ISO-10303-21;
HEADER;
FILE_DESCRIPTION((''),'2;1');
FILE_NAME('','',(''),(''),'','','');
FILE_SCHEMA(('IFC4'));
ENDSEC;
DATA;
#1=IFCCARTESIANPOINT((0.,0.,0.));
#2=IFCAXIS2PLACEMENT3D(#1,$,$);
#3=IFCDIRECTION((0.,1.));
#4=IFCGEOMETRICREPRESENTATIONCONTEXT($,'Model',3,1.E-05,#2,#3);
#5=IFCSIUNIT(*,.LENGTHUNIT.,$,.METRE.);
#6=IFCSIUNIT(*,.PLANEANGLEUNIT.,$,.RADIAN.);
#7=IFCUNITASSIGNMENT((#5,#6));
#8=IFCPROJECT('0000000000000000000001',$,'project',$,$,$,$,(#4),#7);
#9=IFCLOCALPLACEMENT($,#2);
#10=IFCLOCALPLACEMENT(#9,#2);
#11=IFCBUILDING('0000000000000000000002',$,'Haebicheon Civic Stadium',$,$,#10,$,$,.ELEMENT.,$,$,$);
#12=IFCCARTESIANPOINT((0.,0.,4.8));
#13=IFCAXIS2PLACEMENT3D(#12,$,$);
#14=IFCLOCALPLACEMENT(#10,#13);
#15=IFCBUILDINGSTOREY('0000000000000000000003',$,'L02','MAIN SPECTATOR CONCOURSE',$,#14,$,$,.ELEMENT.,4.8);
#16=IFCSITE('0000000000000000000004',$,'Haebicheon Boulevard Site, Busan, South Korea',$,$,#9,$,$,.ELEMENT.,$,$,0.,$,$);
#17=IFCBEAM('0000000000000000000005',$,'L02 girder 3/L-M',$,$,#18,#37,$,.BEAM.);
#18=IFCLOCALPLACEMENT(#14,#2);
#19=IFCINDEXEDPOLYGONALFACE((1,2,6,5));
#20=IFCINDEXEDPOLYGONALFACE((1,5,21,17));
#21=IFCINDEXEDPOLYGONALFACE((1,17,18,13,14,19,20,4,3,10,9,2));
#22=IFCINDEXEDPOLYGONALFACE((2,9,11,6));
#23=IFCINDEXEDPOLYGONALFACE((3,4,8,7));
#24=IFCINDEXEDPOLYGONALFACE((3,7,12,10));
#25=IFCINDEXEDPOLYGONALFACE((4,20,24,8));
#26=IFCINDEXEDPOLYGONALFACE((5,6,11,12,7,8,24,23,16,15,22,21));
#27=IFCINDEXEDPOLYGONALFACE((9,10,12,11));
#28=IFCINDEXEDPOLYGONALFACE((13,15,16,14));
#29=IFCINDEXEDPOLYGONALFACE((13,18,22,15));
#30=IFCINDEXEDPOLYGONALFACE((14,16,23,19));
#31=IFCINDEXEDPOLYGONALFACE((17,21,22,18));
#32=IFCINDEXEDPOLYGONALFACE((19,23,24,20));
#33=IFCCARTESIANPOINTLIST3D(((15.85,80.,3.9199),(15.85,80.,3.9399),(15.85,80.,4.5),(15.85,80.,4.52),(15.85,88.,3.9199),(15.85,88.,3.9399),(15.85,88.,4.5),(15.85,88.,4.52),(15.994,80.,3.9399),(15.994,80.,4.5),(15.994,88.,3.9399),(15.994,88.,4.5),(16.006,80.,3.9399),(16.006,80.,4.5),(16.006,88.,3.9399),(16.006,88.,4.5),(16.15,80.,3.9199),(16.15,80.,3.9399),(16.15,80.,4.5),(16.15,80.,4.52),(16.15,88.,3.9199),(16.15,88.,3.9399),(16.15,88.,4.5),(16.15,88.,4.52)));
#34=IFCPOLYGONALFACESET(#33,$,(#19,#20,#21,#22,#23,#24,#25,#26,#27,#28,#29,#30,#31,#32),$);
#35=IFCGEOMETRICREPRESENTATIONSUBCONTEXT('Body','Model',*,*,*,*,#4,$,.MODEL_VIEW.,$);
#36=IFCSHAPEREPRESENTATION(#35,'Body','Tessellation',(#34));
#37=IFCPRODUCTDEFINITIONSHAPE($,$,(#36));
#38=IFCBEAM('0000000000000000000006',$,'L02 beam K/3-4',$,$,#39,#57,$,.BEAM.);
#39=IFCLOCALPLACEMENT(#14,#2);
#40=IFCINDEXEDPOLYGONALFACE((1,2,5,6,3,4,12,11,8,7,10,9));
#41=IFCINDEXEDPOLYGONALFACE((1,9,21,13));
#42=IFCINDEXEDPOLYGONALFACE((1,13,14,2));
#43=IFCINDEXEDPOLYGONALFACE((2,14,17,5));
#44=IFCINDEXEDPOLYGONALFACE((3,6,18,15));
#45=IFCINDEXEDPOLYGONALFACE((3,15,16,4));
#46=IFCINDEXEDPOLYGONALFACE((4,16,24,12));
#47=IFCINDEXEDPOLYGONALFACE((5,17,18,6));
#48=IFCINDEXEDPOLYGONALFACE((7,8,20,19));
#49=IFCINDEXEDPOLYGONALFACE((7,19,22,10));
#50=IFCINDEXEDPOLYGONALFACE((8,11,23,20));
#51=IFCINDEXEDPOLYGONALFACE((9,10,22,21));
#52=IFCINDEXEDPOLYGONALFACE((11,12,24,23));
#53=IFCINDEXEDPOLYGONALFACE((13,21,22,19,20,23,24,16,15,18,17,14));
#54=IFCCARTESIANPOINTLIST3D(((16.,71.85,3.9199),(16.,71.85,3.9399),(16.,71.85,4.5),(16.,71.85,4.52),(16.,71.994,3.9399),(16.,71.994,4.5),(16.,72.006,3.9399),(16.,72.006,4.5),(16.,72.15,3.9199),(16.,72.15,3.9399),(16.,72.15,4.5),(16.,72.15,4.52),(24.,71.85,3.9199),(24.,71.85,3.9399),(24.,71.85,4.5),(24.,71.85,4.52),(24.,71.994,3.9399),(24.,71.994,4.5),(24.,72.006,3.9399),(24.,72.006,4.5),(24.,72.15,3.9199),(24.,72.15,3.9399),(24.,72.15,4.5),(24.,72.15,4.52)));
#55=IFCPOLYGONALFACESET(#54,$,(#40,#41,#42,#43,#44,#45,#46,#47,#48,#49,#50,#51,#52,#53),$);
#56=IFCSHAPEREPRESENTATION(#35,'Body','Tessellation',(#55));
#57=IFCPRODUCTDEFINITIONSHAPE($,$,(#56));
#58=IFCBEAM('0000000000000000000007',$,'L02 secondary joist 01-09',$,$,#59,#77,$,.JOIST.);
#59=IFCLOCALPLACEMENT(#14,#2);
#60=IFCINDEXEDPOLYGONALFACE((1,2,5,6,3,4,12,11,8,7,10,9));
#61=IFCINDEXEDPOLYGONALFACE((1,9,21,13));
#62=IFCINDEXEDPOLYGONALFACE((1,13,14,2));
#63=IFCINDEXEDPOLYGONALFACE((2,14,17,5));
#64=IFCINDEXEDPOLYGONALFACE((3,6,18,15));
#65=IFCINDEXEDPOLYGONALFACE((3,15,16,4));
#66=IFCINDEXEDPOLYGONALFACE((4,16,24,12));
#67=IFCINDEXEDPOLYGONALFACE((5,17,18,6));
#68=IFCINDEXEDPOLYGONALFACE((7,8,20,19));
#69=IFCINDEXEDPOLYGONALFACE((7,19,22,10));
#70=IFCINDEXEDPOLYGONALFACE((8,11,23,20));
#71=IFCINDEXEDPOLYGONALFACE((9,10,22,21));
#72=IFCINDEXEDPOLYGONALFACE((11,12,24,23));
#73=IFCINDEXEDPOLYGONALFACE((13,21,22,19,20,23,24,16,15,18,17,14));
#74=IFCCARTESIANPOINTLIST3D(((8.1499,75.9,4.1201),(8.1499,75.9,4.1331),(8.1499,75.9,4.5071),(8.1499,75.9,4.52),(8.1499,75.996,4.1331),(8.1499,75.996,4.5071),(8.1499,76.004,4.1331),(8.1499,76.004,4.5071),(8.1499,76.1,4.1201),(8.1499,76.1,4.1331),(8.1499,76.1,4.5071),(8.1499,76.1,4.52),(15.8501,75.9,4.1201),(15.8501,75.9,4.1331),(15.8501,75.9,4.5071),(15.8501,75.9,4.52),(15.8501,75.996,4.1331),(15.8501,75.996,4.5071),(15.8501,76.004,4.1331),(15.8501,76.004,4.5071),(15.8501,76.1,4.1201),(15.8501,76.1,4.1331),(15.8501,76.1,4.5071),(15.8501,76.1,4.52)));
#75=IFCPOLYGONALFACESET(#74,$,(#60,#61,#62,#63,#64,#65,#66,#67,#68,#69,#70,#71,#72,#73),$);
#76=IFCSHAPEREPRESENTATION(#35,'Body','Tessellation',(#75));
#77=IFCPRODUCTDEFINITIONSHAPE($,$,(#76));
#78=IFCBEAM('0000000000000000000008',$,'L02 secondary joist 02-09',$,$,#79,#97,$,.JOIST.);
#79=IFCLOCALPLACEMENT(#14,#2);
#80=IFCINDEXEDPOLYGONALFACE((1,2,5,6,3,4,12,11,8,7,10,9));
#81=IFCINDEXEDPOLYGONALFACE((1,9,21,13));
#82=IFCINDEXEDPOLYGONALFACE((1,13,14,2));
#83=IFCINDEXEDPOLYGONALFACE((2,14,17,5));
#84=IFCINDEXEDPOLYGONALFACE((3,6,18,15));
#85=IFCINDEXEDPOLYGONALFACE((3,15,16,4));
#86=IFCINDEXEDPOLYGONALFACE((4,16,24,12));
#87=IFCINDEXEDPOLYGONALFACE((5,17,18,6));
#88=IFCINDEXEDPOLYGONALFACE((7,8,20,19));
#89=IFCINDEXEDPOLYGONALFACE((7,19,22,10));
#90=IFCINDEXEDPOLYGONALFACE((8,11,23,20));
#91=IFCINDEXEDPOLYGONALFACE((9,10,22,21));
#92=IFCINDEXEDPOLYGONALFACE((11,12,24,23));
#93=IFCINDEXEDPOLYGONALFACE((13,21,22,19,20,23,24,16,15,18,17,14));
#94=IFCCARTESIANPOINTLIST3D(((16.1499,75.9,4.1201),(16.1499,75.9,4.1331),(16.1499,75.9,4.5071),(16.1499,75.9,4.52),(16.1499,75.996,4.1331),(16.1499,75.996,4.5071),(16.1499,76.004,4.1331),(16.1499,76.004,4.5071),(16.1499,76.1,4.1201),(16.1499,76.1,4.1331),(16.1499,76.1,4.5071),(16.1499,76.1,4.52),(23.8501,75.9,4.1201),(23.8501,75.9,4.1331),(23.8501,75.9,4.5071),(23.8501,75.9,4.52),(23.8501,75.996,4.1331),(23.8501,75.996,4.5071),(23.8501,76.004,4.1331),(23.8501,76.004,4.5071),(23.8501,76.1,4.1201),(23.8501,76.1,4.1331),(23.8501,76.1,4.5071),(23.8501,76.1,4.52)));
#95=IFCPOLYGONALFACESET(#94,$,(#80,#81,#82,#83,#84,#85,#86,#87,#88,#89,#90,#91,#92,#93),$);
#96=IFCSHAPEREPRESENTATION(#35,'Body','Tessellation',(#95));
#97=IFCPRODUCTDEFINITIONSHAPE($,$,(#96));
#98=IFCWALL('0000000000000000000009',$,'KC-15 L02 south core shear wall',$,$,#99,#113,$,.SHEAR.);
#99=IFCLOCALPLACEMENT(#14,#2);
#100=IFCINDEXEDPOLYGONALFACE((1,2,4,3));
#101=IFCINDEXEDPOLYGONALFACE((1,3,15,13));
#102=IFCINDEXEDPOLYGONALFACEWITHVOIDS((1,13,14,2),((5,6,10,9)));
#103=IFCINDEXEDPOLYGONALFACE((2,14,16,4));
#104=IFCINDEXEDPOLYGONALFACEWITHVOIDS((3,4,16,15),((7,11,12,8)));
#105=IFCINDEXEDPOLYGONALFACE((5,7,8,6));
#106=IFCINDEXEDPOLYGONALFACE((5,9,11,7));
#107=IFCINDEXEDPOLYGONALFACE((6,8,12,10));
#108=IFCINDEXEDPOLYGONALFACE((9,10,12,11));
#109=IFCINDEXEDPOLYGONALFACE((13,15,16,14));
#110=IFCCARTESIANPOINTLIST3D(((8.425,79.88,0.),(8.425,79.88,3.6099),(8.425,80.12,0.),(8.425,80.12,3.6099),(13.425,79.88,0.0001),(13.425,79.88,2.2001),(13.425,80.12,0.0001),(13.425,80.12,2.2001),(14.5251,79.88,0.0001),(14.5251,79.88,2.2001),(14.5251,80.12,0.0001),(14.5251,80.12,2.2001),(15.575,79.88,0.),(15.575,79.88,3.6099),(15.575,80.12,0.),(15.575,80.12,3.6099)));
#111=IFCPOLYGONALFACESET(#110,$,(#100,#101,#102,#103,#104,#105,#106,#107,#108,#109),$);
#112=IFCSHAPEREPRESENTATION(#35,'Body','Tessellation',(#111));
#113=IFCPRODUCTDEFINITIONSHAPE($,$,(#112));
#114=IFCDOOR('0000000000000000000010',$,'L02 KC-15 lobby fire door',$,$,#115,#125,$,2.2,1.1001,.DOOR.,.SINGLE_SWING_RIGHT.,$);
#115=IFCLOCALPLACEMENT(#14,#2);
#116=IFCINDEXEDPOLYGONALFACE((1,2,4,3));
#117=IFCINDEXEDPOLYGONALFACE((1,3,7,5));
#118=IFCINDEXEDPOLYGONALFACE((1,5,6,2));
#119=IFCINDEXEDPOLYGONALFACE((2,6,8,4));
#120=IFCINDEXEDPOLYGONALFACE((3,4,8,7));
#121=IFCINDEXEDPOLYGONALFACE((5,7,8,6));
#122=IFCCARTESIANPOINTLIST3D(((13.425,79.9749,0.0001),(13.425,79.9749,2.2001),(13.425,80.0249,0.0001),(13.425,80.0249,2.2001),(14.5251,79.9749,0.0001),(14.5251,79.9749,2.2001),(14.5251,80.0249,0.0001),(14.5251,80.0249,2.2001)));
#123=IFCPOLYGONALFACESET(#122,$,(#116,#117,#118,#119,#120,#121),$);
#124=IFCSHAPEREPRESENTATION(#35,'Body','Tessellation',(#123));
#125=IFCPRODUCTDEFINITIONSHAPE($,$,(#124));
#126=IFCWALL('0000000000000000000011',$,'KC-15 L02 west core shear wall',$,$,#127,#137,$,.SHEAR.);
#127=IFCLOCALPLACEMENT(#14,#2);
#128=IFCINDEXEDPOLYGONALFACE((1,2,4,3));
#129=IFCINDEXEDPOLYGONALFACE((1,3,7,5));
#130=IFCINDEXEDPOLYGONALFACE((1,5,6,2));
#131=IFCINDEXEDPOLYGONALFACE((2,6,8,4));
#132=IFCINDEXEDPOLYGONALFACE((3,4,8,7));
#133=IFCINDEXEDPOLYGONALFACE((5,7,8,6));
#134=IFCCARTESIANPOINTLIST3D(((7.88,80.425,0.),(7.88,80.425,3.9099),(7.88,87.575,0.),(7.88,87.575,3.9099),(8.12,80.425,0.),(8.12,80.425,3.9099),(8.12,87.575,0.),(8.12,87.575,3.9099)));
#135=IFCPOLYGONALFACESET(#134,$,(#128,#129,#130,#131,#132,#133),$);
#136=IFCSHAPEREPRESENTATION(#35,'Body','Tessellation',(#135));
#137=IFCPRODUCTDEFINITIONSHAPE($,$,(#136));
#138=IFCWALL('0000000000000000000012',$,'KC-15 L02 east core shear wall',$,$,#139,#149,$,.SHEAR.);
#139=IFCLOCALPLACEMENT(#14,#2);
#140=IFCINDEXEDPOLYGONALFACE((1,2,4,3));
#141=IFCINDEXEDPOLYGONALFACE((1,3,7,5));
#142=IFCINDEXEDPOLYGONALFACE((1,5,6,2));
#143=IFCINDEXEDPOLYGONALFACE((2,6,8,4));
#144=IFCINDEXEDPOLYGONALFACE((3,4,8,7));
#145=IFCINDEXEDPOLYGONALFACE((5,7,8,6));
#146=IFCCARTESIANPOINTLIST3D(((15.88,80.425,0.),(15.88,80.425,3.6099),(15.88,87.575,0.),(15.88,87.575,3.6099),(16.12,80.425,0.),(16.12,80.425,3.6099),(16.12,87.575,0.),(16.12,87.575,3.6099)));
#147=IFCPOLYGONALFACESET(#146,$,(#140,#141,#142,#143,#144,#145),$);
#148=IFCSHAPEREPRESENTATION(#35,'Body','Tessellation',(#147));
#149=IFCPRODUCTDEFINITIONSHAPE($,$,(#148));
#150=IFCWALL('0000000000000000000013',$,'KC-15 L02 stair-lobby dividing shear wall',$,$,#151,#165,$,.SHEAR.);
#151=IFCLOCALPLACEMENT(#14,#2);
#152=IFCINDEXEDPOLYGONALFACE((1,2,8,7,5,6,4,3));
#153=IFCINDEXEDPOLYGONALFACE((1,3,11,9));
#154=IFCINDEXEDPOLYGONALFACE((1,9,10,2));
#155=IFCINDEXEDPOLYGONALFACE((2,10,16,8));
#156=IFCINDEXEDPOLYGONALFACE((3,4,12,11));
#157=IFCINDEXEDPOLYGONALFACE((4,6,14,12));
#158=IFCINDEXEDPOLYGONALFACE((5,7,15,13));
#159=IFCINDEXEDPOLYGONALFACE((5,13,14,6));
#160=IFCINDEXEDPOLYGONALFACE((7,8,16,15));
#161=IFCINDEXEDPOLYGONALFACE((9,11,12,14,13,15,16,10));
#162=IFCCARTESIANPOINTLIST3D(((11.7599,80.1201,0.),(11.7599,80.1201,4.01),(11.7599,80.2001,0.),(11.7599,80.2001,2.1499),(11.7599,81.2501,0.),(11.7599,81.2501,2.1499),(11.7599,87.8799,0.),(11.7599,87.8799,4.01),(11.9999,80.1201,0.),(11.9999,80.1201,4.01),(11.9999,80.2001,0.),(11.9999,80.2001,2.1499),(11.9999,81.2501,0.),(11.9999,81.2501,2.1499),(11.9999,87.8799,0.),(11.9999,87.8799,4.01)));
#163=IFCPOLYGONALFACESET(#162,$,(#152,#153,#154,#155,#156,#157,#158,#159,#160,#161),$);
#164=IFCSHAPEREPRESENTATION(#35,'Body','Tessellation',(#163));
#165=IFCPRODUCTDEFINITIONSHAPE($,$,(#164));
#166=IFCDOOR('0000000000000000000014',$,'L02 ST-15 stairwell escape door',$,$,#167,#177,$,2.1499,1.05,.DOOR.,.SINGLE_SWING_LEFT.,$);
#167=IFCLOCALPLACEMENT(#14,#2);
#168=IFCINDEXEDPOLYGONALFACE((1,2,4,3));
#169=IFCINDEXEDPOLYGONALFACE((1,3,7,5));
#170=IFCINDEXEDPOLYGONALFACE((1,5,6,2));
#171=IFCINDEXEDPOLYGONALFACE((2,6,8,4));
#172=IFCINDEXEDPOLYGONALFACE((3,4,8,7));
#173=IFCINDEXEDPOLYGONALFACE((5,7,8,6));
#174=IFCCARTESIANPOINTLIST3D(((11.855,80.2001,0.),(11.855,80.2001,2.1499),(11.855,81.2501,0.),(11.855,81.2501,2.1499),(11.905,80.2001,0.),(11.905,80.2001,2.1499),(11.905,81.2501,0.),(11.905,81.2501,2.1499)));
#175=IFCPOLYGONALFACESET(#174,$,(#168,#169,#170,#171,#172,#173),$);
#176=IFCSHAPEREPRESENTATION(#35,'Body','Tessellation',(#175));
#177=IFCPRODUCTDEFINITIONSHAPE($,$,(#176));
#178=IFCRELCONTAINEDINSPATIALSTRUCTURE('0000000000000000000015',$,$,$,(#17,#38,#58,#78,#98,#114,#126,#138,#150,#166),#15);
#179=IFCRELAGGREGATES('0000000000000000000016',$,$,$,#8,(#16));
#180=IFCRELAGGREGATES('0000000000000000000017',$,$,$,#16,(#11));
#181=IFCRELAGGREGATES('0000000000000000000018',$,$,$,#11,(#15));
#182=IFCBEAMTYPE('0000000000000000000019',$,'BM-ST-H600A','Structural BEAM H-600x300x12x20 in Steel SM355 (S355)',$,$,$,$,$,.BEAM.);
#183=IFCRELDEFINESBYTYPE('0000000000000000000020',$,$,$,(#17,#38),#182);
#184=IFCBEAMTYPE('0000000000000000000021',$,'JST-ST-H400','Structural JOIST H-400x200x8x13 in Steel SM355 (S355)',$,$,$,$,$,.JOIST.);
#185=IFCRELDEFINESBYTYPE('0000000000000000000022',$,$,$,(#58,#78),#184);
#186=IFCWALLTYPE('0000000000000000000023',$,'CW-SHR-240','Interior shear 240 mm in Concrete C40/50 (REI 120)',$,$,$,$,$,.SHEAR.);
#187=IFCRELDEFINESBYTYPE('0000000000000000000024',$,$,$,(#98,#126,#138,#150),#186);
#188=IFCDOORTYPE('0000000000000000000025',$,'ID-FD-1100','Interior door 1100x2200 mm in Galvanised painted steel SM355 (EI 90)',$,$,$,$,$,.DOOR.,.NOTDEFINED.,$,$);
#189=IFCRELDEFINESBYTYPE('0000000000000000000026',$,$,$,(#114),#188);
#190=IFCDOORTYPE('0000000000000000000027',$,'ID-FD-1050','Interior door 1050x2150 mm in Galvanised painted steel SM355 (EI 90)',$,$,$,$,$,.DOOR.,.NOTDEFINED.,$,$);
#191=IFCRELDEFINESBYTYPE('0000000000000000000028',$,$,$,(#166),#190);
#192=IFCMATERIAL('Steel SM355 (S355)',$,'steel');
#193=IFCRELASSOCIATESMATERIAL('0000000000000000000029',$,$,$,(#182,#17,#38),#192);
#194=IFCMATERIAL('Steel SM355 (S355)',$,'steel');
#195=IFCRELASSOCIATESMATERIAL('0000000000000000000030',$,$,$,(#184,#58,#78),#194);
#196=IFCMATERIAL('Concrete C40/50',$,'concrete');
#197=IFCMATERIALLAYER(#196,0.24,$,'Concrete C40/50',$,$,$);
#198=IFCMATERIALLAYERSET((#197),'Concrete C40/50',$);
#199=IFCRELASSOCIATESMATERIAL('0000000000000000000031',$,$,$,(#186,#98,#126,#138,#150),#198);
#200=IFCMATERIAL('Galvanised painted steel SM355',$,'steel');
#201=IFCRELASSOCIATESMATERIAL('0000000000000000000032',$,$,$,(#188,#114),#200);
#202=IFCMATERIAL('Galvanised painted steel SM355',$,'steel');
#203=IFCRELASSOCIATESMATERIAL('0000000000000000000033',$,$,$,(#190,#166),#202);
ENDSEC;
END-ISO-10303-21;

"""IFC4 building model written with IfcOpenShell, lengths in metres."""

from ifc_helpers import new_model, si_unit, direction, frame, frame_2d, origin, origin_2d, place, context, subcontext, project, spatial, rectangle, i_section, extrude, material, layer, layer_set, material_profile, profile_set, type_object, element, fill, save


model = new_model("IFC4")

# Units and contexts
model_context = context("Model", 3, precision=1e-05, world=origin(), true_north=direction((0.0, 1.0)))
body_context = subcontext(model_context, "Body", "Model", "MODEL_VIEW")
ifc_project = project(units=[si_unit("LENGTHUNIT", "METRE"), si_unit("PLANEANGLEUNIT", "RADIAN")], contexts=[model_context])

# Site, building, storey
site_placement = place(None, origin())
site = spatial("IfcSite", under=ifc_project, at=site_placement, Name="Haebicheon Boulevard Site, Busan, South Korea", CompositionType="ELEMENT", RefElevation=0.0)
building_placement = place(site_placement, origin())
building = spatial("IfcBuilding", under=site, at=building_placement, Name="Haebicheon Civic Stadium", CompositionType="ELEMENT")
storey_placement = place(building_placement, frame((0.0, 0.0, 4.8)))
storey = spatial("IfcBuildingStorey", under=building, at=storey_placement, Name="L02", Description="MAIN SPECTATOR CONCOURSE", CompositionType="ELEMENT", Elevation=4.8)

# Beams
ifc_material_1 = material(Name="Steel SM355 (S355)", Category="steel")
ifc_material_profile_1 = material_profile(ifc_material_1, i_section(OverallWidth=0.3, OverallDepth=0.6001, WebThickness=0.012, FlangeThickness=0.02, at=origin_2d()), Name="H-600x300x12x20")
ifc_profile_set_1 = profile_set([ifc_material_profile_1], Name="Steel SM355 (S355)")
beam_type_1 = type_object("IfcBeamType", Name="BM-ST-H600A", Description="Structural BEAM H-600x300x12x20 in Steel SM355 (S355)", PredefinedType="BEAM", material=ifc_profile_set_1)
for number, where, z_axis, x_axis, name in (
    (1, (16.0, 80.0, 4.22), (0.0, 1.0, 0.0), (-1.0, 0.0, 0.0), "L02 girder 3/L-M"),
    (2, (16.0, 72.0, 4.22), (1.0, 0.0, 0.0), (0.0, 1.0, 0.0), "L02 beam K/3-4"),
):
    element("IfcBeam", number, at=place(storey_placement, frame(where, z_axis=z_axis, x_axis=x_axis)), inside=storey, type_object=beam_type_1, material=ifc_profile_set_1, Name=name, PredefinedType="BEAM", context=body_context, shape_type="SweptSolid", body=[
        extrude(i_section(OverallWidth=0.3, OverallDepth=0.6001, WebThickness=0.012, FlangeThickness=0.02, at=origin_2d()), origin(), (0.0, 0.0, 1.0), 8.0),
    ])
ifc_material_2 = material(Name="Steel SM355 (S355)", Category="steel")
ifc_material_profile_2 = material_profile(ifc_material_2, i_section(OverallWidth=0.2, OverallDepth=0.3999, WebThickness=0.0081, FlangeThickness=0.0129, at=origin_2d()), Name="H-400x200x8x13")
ifc_profile_set_2 = profile_set([ifc_material_profile_2], Name="Steel SM355 (S355)")
beam_type_2 = type_object("IfcBeamType", Name="JST-ST-H400", Description="Structural JOIST H-400x200x8x13 in Steel SM355 (S355)", PredefinedType="JOIST", material=ifc_profile_set_2)
for number, where, z_axis, x_axis, name in (
    (3, (8.1499, 76.0, 4.3201), (1.0, 0.0, 0.0), (0.0, 1.0, 0.0), "L02 secondary joist 01-09"),
    (4, (16.1499, 76.0, 4.3201), (1.0, 0.0, 0.0), (0.0, 1.0, 0.0), "L02 secondary joist 02-09"),
):
    element("IfcBeam", number, at=place(storey_placement, frame(where, z_axis=z_axis, x_axis=x_axis)), inside=storey, type_object=beam_type_2, material=ifc_profile_set_2, Name=name, PredefinedType="JOIST", context=body_context, shape_type="SweptSolid", body=[
        extrude(i_section(OverallWidth=0.2, OverallDepth=0.3999, WebThickness=0.0081, FlangeThickness=0.0129, at=origin_2d()), origin(), (0.0, 0.0, 1.0), 7.7002),
    ])

# Wall, opening, door
ifc_material_3 = material(Name="Concrete C40/50", Category="concrete")
ifc_layer = layer(ifc_material_3, 0.24, Name="Concrete C40/50")
ifc_layer_set = layer_set([ifc_layer], Name="Concrete C40/50")
wall_type = type_object("IfcWallType", Name="CW-SHR-240", Description="Interior shear 240 mm in Concrete C40/50 (REI 120)", PredefinedType="SHEAR", material=ifc_layer_set)
wall_1_placement = place(storey_placement, frame((8.425, 80.0, 0.0), z_axis=(0.0, 0.0, 1.0), x_axis=(1.0, 0.0, 0.0)))
wall_1 = element("IfcWall", 5, at=wall_1_placement, inside=storey, type_object=wall_type, material=ifc_layer_set, Name="KC-15 L02 south core shear wall", PredefinedType="SHEAR", context=body_context, shape_type="SweptSolid", body=[
    extrude(rectangle(XDim=7.1499, YDim=0.24, at=frame_2d((3.575, 0.0))), origin(), (0.0, 0.0, 1.0), 3.6099),
])
opening_1_placement = place(wall_1_placement, frame((5.0, 0.0, 0.0)))
opening_1 = element("IfcOpeningElement", 6, at=opening_1_placement, cuts=wall_1, PredefinedType="OPENING", context=body_context, shape_type="SweptSolid", body=[
    extrude(rectangle(XDim=1.1001, YDim=2.2, at=frame_2d((0.55, 1.1001))), frame((0.0, 0.1299, 0.0), z_axis=(0.0, -1.0, 0.0), x_axis=(1.0, 0.0, 0.0)), (0.0, 0.0, 1.0), 0.26),
])
ifc_material_4 = material(Name="Galvanised painted steel SM355", Category="steel")
door_type_1 = type_object("IfcDoorType", Name="ID-FD-1100", Description="Interior door 1100x2200 mm in Galvanised painted steel SM355 (EI 90)", OperationType="NOTDEFINED", PredefinedType="DOOR", material=ifc_material_4)
door_1_placement = place(opening_1_placement, origin())
door_1 = element("IfcDoor", 7, at=door_1_placement, inside=storey, type_object=door_type_1, material=ifc_material_4, Name="L02 KC-15 lobby fire door", OperationType="SINGLE_SWING_RIGHT", OverallHeight=2.2, OverallWidth=1.1001, PredefinedType="DOOR", context=body_context, shape_type="SweptSolid", body=[
    extrude(rectangle(XDim=1.1001, YDim=2.2, at=frame_2d((0.55, 1.1001))), frame((0.0, 0.0249, 0.0), z_axis=(0.0, -1.0, 0.0), x_axis=(1.0, 0.0, 0.0)), (0.0, 0.0, 1.0), 0.05),
])
fill(opening_1, door_1)

# Walls
wall_2_placement = place(storey_placement, frame((8.0, 80.425, 0.0), z_axis=(0.0, 0.0, 1.0), x_axis=(0.0, 1.0, 0.0)))
element("IfcWall", 8, at=wall_2_placement, inside=storey, type_object=wall_type, material=ifc_layer_set, Name="KC-15 L02 west core shear wall", PredefinedType="SHEAR", context=body_context, shape_type="SweptSolid", body=[
    extrude(rectangle(XDim=7.1499, YDim=0.24, at=frame_2d((3.575, 0.0))), origin(), (0.0, 0.0, 1.0), 3.9099),
])
wall_3_placement = place(storey_placement, frame((16.0, 80.425, 0.0), z_axis=(0.0, 0.0, 1.0), x_axis=(0.0, 1.0, 0.0)))
element("IfcWall", 9, at=wall_3_placement, inside=storey, type_object=wall_type, material=ifc_layer_set, Name="KC-15 L02 east core shear wall", PredefinedType="SHEAR", context=body_context, shape_type="SweptSolid", body=[
    extrude(rectangle(XDim=7.1499, YDim=0.24, at=frame_2d((3.575, 0.0))), origin(), (0.0, 0.0, 1.0), 3.6099),
])

# Wall, opening, door
wall_4_placement = place(storey_placement, frame((11.8799, 80.1201, 0.0), z_axis=(0.0, 0.0, 1.0), x_axis=(0.0, 1.0, 0.0)))
wall_4 = element("IfcWall", 10, at=wall_4_placement, inside=storey, type_object=wall_type, material=ifc_layer_set, Name="KC-15 L02 stair-lobby dividing shear wall", PredefinedType="SHEAR", context=body_context, shape_type="SweptSolid", body=[
    extrude(rectangle(XDim=7.7598, YDim=0.24, at=frame_2d((3.8799, 0.0))), origin(), (0.0, 0.0, 1.0), 4.01),
])
opening_2_placement = place(wall_4_placement, frame((0.0801, 0.0, 0.0)))
opening_2 = element("IfcOpeningElement", 11, at=opening_2_placement, cuts=wall_4, PredefinedType="OPENING", context=body_context, shape_type="SweptSolid", body=[
    extrude(rectangle(XDim=1.05, YDim=2.1499, at=frame_2d((0.5249, 1.075))), frame((0.0, 0.1299, 0.0), z_axis=(0.0, -1.0, 0.0), x_axis=(1.0, 0.0, 0.0)), (0.0, 0.0, 1.0), 0.26),
])
ifc_material_5 = material(Name="Galvanised painted steel SM355", Category="steel")
door_type_2 = type_object("IfcDoorType", Name="ID-FD-1050", Description="Interior door 1050x2150 mm in Galvanised painted steel SM355 (EI 90)", OperationType="NOTDEFINED", PredefinedType="DOOR", material=ifc_material_5)
door_2_placement = place(opening_2_placement, origin())
door_2 = element("IfcDoor", 12, at=door_2_placement, inside=storey, type_object=door_type_2, material=ifc_material_5, Name="L02 ST-15 stairwell escape door", OperationType="SINGLE_SWING_LEFT", OverallHeight=2.1499, OverallWidth=1.05, PredefinedType="DOOR", context=body_context, shape_type="SweptSolid", body=[
    extrude(rectangle(XDim=1.05, YDim=2.1499, at=frame_2d((0.5249, 1.075))), frame((0.0, 0.0249, 0.0), z_axis=(0.0, -1.0, 0.0), x_axis=(1.0, 0.0, 0.0)), (0.0, 0.0, 1.0), 0.05),
])
fill(opening_2, door_2)

save(model, "model.ifc")
